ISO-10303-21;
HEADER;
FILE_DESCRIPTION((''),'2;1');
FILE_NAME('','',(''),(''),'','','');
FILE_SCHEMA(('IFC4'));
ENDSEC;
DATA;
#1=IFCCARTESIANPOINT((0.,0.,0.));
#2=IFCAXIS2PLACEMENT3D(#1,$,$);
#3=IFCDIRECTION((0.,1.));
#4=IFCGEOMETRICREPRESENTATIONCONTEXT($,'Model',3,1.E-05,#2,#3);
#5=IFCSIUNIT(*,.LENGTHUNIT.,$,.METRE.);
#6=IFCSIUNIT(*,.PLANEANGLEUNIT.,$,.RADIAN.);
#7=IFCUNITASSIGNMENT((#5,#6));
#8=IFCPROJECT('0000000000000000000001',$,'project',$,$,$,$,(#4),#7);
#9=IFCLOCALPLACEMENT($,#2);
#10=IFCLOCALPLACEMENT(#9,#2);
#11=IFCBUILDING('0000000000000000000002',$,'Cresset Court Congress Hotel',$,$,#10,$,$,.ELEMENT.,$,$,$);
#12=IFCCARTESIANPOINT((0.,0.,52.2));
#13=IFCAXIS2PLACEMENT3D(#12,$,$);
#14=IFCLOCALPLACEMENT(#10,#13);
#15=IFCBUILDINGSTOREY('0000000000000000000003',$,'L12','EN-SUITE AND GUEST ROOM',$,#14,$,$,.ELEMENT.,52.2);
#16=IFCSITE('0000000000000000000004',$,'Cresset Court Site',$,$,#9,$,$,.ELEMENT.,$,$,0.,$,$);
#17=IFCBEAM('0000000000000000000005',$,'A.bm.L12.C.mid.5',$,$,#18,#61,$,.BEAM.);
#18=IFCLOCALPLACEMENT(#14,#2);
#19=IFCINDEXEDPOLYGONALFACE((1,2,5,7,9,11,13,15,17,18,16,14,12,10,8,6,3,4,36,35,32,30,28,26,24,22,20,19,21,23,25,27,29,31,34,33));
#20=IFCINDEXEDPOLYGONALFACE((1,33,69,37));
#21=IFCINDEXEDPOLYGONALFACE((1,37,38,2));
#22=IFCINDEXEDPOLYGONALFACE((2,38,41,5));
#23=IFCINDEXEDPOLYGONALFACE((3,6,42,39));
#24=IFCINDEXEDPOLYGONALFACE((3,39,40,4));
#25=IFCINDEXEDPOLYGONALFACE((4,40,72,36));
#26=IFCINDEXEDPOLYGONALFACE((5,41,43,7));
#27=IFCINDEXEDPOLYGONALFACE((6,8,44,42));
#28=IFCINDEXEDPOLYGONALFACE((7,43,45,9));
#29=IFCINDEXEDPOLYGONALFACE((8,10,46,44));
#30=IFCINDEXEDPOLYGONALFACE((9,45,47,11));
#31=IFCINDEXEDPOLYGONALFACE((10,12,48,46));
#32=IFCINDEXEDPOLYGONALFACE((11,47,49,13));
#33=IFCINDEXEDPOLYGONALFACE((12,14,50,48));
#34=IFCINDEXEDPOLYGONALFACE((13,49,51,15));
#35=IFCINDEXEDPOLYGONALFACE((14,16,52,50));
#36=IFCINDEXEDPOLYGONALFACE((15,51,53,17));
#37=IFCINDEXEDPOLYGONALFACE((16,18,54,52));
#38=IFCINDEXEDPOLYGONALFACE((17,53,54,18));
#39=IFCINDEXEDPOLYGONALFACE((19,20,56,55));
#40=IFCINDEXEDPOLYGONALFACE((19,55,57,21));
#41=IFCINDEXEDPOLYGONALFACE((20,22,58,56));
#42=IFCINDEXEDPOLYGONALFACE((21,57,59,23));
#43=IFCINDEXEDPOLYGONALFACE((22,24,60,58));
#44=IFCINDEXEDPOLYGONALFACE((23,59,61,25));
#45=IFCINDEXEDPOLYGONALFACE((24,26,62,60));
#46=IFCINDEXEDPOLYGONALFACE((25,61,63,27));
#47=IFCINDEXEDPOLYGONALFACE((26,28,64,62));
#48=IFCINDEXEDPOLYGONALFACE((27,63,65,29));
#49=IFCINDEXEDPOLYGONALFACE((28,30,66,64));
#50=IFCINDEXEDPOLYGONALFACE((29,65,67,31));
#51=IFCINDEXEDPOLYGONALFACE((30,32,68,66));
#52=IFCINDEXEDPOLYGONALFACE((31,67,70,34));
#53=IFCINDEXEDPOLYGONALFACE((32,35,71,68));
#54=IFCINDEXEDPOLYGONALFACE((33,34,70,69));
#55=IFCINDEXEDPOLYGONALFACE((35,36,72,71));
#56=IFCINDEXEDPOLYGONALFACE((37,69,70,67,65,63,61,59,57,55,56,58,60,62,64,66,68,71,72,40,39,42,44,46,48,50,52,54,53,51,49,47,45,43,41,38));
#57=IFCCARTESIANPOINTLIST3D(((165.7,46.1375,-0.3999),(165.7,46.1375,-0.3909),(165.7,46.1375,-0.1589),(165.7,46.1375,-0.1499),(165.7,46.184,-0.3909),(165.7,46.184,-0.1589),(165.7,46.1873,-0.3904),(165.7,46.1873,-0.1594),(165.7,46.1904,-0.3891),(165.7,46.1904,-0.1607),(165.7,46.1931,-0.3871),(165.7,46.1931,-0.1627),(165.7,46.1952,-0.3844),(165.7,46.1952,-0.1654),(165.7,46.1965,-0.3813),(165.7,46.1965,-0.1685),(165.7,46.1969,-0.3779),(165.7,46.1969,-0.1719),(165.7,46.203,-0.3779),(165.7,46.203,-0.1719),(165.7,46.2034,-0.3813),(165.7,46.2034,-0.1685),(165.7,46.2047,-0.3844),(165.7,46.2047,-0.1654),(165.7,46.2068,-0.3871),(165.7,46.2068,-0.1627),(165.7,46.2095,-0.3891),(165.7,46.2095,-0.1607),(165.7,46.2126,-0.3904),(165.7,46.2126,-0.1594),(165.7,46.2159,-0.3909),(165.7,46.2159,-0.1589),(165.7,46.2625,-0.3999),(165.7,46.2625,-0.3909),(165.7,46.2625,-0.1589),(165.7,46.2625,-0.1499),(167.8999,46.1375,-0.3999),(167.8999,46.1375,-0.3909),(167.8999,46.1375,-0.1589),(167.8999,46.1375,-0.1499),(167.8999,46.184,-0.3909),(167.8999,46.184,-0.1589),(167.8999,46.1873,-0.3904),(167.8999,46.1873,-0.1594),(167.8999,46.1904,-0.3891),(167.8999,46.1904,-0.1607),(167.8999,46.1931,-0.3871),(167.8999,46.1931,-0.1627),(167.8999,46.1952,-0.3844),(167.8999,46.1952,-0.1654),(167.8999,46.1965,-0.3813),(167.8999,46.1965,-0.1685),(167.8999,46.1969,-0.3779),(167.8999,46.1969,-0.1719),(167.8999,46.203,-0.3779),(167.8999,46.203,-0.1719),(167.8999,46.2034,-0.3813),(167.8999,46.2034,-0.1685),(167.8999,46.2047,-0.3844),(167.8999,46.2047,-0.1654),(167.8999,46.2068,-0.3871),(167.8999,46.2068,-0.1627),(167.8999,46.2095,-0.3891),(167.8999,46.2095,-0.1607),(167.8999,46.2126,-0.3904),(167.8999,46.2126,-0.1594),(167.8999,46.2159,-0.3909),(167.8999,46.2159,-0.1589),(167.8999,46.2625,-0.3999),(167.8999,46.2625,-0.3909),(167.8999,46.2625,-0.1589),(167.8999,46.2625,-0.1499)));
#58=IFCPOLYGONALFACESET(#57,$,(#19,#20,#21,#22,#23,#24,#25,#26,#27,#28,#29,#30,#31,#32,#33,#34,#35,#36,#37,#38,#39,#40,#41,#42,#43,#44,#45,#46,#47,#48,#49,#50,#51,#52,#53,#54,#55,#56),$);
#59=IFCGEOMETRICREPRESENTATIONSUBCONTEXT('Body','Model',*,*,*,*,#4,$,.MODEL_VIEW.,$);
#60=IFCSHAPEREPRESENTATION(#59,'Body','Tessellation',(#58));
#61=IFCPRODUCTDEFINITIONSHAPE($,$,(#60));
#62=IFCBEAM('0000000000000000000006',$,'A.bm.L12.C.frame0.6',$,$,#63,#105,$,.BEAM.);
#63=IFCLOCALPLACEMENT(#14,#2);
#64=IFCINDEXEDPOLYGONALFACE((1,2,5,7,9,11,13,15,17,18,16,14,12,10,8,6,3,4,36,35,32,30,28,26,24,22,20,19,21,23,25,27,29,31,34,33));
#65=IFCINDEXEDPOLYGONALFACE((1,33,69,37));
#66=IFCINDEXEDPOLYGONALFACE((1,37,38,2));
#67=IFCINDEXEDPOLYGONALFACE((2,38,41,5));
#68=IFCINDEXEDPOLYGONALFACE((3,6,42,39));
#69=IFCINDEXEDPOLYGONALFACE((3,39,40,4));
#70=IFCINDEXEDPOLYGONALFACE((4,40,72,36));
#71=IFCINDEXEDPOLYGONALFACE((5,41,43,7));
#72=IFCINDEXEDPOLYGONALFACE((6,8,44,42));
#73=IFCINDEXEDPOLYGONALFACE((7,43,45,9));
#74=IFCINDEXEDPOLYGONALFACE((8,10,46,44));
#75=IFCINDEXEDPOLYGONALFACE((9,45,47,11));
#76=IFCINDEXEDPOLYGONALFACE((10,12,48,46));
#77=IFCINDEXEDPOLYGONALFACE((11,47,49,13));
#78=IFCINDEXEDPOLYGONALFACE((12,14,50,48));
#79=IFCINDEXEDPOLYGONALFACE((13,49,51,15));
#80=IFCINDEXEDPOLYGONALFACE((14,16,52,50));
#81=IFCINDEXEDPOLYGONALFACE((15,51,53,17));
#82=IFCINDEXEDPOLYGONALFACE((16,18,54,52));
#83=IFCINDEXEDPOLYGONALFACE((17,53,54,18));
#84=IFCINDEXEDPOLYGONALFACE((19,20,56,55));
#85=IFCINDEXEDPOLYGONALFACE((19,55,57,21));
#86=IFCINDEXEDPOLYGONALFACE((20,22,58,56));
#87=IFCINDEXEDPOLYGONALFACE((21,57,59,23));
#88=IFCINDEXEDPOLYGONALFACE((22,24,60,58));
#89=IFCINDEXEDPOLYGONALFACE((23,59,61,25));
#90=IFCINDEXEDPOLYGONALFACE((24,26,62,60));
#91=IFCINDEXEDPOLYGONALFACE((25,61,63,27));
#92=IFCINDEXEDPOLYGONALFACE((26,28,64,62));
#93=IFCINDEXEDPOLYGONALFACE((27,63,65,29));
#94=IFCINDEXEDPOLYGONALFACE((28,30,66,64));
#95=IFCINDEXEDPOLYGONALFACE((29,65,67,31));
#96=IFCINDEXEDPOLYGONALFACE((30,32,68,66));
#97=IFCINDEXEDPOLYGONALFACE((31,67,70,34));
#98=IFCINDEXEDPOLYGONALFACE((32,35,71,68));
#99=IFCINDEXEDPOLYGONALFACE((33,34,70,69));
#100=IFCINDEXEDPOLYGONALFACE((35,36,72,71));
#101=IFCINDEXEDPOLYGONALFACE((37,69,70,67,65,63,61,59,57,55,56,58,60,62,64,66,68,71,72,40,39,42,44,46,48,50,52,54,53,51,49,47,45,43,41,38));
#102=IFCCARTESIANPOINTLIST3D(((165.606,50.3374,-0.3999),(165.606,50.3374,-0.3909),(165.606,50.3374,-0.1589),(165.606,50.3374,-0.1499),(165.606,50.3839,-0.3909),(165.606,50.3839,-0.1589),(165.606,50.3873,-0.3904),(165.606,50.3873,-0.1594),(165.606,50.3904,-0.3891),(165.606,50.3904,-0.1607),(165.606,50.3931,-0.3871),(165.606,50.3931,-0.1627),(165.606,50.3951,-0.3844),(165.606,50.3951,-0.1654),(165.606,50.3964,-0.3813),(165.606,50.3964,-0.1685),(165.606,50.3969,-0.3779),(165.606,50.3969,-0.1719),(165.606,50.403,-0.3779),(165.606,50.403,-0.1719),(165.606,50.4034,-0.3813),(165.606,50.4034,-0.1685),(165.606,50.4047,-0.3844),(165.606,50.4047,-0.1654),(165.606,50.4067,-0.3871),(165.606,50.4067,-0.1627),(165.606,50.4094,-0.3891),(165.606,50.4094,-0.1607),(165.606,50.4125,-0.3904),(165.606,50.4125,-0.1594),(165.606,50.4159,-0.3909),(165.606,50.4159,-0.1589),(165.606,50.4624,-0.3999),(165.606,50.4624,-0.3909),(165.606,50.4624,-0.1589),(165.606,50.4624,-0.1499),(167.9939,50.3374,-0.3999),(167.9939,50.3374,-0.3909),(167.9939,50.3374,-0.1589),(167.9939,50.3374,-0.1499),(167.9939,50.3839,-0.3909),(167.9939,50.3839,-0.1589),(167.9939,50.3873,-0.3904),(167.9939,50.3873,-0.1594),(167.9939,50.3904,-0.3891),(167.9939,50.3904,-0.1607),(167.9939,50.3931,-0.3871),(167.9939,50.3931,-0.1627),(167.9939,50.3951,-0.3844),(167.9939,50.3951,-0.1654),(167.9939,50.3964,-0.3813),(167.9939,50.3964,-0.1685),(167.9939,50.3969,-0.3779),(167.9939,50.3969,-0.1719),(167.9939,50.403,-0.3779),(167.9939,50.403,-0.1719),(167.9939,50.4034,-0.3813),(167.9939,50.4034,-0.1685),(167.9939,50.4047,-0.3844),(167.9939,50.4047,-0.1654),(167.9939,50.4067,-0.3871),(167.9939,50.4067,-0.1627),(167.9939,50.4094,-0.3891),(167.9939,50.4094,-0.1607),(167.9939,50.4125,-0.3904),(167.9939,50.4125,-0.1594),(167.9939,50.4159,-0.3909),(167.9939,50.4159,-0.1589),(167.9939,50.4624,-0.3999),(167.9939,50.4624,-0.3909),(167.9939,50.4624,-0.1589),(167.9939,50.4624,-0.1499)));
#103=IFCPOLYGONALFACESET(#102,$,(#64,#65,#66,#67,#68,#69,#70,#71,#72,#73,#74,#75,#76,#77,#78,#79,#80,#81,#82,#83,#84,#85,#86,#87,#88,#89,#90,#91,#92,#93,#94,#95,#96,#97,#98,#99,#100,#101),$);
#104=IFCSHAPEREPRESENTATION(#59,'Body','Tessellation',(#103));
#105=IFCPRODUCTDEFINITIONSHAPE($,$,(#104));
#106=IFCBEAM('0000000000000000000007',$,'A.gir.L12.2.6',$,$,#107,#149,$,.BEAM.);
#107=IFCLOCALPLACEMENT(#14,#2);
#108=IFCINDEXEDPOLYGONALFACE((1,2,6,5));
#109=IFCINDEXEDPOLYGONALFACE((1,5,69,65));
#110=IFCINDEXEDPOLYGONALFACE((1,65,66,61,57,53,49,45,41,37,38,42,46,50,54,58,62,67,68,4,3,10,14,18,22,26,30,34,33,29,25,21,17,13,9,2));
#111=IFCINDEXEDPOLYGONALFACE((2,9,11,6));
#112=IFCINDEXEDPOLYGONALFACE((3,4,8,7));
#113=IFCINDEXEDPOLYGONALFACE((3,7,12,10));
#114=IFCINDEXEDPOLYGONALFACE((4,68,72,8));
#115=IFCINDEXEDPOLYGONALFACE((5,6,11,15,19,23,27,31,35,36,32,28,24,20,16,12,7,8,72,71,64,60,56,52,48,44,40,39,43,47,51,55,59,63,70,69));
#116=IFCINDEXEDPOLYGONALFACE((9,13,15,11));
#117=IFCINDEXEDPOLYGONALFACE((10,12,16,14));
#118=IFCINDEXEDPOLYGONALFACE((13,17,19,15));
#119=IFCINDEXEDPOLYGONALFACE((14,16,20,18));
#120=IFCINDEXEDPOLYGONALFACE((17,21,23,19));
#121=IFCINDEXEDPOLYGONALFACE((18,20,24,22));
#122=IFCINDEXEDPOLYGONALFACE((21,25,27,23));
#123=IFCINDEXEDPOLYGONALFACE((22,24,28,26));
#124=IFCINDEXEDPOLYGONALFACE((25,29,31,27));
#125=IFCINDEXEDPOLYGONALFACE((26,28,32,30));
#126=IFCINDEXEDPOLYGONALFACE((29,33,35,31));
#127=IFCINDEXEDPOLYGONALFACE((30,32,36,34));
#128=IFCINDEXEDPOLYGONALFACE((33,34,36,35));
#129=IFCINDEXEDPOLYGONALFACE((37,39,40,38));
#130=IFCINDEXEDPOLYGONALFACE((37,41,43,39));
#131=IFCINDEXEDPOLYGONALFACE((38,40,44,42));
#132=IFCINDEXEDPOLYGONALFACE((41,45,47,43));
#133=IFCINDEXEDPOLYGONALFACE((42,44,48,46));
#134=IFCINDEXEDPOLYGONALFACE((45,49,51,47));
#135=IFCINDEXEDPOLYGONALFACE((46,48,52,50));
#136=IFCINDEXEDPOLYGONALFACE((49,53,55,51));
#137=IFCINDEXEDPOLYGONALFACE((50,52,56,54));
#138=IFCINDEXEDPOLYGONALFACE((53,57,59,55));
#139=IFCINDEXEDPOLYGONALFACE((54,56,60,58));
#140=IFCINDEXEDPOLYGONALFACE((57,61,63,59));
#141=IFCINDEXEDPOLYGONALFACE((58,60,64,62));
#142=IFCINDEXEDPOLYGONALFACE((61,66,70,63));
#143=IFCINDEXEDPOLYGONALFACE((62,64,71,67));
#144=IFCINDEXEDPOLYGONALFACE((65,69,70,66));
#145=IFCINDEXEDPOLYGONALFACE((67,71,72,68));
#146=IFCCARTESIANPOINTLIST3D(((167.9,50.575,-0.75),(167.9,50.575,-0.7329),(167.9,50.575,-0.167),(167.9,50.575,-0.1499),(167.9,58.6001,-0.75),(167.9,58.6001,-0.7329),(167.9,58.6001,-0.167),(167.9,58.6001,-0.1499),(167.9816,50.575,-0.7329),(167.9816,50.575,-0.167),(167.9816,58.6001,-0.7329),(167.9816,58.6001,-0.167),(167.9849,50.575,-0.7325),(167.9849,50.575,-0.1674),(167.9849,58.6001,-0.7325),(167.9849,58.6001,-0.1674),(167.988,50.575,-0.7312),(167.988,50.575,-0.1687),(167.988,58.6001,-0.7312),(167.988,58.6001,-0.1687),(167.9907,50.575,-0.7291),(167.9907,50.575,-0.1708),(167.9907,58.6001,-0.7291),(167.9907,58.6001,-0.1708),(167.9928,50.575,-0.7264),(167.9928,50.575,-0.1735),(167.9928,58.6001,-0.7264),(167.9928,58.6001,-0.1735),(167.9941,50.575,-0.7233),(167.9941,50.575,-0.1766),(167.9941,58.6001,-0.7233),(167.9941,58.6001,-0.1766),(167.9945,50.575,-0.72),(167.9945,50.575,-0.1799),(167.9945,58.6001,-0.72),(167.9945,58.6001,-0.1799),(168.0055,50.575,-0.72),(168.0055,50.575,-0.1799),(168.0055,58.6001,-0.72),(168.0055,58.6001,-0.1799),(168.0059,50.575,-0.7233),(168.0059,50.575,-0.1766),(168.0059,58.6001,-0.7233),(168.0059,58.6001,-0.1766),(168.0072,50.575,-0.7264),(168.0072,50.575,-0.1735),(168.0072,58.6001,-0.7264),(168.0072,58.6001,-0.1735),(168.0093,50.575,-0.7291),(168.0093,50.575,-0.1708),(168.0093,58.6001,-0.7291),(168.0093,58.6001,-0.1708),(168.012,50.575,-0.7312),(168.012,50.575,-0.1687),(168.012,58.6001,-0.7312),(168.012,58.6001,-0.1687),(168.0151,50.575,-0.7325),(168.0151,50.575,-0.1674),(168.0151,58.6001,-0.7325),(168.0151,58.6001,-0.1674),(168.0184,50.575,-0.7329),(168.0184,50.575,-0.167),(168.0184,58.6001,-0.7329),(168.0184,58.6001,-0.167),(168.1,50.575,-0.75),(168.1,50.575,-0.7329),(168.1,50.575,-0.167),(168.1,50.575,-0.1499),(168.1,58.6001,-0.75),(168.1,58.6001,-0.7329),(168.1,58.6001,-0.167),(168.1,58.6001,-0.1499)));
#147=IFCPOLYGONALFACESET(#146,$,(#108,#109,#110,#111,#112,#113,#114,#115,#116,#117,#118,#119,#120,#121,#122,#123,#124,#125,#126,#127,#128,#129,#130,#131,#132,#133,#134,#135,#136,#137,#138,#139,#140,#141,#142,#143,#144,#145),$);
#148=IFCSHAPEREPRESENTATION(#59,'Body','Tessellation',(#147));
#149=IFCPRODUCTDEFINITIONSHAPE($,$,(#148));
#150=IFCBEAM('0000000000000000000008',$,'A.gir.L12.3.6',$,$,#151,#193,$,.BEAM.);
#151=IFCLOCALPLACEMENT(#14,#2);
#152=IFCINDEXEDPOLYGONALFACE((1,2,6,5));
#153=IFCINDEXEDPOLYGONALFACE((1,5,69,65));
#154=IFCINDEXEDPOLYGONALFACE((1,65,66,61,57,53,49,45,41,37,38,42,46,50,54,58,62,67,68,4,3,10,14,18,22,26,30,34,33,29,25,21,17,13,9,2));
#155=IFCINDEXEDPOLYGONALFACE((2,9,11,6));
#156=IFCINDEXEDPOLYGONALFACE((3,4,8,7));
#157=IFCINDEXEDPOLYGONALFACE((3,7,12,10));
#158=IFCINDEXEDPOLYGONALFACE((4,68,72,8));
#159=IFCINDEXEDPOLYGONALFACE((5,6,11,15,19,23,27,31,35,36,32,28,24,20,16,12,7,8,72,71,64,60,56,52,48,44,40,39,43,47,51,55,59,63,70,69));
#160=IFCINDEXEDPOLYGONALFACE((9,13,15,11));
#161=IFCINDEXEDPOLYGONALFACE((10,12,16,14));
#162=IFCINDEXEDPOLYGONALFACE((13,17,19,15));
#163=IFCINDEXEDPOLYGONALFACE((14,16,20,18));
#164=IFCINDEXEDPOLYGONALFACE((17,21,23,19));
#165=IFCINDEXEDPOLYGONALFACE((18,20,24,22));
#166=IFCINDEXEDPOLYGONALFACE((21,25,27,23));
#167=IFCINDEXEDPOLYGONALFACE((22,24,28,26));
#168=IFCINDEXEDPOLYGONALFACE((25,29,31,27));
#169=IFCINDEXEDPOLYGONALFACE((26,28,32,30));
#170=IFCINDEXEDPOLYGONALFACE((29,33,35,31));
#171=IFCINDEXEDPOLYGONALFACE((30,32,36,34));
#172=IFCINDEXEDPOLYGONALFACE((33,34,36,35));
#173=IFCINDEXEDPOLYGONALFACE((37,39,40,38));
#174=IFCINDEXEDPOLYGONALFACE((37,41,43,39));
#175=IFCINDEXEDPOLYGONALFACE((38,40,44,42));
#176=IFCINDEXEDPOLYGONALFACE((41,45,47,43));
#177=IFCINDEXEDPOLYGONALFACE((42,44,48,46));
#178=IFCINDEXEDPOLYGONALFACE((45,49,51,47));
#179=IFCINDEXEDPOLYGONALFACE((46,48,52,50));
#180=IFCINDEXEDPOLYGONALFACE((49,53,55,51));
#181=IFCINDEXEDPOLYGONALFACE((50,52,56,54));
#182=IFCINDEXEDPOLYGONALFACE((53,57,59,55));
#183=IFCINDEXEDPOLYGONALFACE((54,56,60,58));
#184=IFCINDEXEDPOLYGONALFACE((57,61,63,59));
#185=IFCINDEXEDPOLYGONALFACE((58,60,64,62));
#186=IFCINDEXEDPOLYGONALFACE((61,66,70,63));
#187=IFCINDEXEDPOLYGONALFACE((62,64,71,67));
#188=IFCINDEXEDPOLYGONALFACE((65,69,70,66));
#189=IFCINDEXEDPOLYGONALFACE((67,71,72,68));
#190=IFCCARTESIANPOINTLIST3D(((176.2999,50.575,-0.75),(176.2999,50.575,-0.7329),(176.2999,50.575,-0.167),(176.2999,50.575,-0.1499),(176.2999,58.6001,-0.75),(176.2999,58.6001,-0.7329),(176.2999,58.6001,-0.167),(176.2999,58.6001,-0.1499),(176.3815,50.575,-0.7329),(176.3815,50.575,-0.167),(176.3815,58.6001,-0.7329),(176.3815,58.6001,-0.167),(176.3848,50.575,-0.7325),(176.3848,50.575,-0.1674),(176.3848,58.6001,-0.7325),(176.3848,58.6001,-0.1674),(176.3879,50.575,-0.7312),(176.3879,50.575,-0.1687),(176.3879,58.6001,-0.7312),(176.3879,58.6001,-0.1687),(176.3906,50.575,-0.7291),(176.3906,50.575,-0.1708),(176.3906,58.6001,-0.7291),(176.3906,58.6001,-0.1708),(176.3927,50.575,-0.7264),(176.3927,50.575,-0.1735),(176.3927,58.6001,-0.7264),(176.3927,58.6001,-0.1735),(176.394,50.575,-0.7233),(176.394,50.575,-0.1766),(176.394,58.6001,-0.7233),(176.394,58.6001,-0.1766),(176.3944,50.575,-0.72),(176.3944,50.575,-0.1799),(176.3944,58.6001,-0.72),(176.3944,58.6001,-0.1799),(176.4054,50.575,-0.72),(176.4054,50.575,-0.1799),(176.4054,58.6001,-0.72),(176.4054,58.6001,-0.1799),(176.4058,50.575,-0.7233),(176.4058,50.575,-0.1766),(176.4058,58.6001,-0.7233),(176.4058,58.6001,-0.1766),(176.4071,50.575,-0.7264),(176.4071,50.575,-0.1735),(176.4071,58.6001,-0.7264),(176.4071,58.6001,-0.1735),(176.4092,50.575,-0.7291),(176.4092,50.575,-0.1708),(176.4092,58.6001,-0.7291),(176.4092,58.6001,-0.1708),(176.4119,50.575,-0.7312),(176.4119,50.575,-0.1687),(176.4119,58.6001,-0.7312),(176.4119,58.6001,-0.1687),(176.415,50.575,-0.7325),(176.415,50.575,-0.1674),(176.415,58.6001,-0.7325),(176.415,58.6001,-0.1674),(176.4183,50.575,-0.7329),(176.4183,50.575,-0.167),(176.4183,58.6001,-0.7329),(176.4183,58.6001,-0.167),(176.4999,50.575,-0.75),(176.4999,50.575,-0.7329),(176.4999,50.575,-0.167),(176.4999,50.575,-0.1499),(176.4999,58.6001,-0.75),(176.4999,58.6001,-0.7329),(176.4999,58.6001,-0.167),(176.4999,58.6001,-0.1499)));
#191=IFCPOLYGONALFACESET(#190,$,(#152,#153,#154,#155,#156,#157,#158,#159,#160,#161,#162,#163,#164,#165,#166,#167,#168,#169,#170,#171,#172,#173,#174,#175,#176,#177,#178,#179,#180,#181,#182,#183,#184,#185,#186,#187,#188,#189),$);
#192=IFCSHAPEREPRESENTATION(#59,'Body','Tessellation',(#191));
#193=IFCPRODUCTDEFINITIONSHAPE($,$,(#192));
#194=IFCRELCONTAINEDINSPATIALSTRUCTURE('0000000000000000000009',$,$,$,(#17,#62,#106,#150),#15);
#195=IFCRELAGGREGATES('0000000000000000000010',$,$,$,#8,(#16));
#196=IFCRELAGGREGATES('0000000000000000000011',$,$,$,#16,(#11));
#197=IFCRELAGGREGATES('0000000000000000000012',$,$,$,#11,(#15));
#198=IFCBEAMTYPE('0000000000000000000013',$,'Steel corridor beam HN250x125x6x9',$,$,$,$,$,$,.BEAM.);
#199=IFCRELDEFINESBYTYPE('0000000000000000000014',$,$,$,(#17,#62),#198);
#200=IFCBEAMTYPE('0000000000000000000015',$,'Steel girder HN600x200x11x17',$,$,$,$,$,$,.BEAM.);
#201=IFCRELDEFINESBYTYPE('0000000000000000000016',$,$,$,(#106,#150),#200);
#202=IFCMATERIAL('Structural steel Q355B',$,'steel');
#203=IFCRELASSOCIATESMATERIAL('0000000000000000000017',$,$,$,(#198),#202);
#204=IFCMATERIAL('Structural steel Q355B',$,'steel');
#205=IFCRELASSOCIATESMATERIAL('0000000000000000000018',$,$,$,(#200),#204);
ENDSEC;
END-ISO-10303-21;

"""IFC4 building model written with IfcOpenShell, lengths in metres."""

from ifc_helpers import new_model, si_unit, direction, frame, origin, origin_2d, place, context, subcontext, project, spatial, i_section, extrude, material, material_profile, profile_set, type_object, element, save


model = new_model("IFC4")

# Units and contexts
model_context = context("Model", 3, precision=1e-05, world=origin(), true_north=direction((0.0, 1.0)))
body_context = subcontext(model_context, "Body", "Model", "MODEL_VIEW")
ifc_project = project(units=[si_unit("LENGTHUNIT", "METRE"), si_unit("PLANEANGLEUNIT", "RADIAN")], contexts=[model_context])

# Site, building, storey
site_placement = place(None, origin())
site = spatial("IfcSite", under=ifc_project, at=site_placement, Name="Cresset Court Site", CompositionType="ELEMENT", RefElevation=0.0)
building_placement = place(site_placement, origin())
building = spatial("IfcBuilding", under=site, at=building_placement, Name="Cresset Court Congress Hotel", CompositionType="ELEMENT")
storey_placement = place(building_placement, frame((0.0, 0.0, 52.2)))
storey = spatial("IfcBuildingStorey", under=building, at=storey_placement, Name="L12", Description="EN-SUITE AND GUEST ROOM", CompositionType="ELEMENT", Elevation=52.2)

# Beams
ifc_material_1 = material(Name="Structural steel Q355B", Category="steel")
ifc_material_profile_1 = material_profile(ifc_material_1, i_section(OverallWidth=0.125, OverallDepth=0.25, WebThickness=0.0061, FlangeThickness=0.009, FilletRadius=0.0129, at=origin_2d()), Name="HN250x125x6x9")
ifc_profile_set_1 = profile_set([ifc_material_profile_1], Name="Structural steel Q355B")
beam_type_1 = type_object("IfcBeamType", Name="Steel corridor beam HN250x125x6x9", PredefinedType="BEAM", material=ifc_profile_set_1)
beam_1_placement = place(storey_placement, frame((165.7, 46.2, -0.2749), z_axis=(1.0, 0.0, 0.0), x_axis=(0.0, 1.0, 0.0)))
element("IfcBeam", 1, at=beam_1_placement, inside=storey, type_object=beam_type_1, Name="A.bm.L12.C.mid.5", PredefinedType="BEAM", context=body_context, shape_type="SweptSolid", body=[
    extrude(i_section(OverallWidth=0.125, OverallDepth=0.25, WebThickness=0.0061, FlangeThickness=0.009, FilletRadius=0.0129, at=origin_2d()), origin(), (0.0, 0.0, 1.0), 2.2),
])
beam_2_placement = place(storey_placement, frame((165.606, 50.3999, -0.2749), z_axis=(1.0, 0.0, 0.0), x_axis=(0.0, 1.0, 0.0)))
element("IfcBeam", 2, at=beam_2_placement, inside=storey, type_object=beam_type_1, Name="A.bm.L12.C.frame0.6", PredefinedType="BEAM", context=body_context, shape_type="SweptSolid", body=[
    extrude(i_section(OverallWidth=0.125, OverallDepth=0.25, WebThickness=0.0061, FlangeThickness=0.009, FilletRadius=0.0129, at=origin_2d()), origin(), (0.0, 0.0, 1.0), 2.3879),
])
ifc_material_2 = material(Name="Structural steel Q355B", Category="steel")
ifc_material_profile_2 = material_profile(ifc_material_2, i_section(OverallWidth=0.2, OverallDepth=0.6001, WebThickness=0.011, FlangeThickness=0.0171, FilletRadius=0.0129, at=origin_2d()), Name="HN600x200x11x17")
ifc_profile_set_2 = profile_set([ifc_material_profile_2], Name="Structural steel Q355B")
beam_type_2 = type_object("IfcBeamType", Name="Steel girder HN600x200x11x17", PredefinedType="BEAM", material=ifc_profile_set_2)
for number, where, z_axis, x_axis, name in (
    (3, (168.0, 50.575, -0.45), (0.0, 1.0, 0.0), (-1.0, 0.0, 0.0), "A.gir.L12.2.6"),
    (4, (176.3999, 50.575, -0.45), (0.0, 1.0, 0.0), (-1.0, 0.0, 0.0), "A.gir.L12.3.6"),
):
    element("IfcBeam", number, at=place(storey_placement, frame(where, z_axis=z_axis, x_axis=x_axis)), inside=storey, type_object=beam_type_2, Name=name, PredefinedType="BEAM", context=body_context, shape_type="SweptSolid", body=[
        extrude(i_section(OverallWidth=0.2, OverallDepth=0.6001, WebThickness=0.011, FlangeThickness=0.0171, FilletRadius=0.0129, at=origin_2d()), origin(), (0.0, 0.0, 1.0), 8.0251),
    ])

save(model, "model.ifc")
